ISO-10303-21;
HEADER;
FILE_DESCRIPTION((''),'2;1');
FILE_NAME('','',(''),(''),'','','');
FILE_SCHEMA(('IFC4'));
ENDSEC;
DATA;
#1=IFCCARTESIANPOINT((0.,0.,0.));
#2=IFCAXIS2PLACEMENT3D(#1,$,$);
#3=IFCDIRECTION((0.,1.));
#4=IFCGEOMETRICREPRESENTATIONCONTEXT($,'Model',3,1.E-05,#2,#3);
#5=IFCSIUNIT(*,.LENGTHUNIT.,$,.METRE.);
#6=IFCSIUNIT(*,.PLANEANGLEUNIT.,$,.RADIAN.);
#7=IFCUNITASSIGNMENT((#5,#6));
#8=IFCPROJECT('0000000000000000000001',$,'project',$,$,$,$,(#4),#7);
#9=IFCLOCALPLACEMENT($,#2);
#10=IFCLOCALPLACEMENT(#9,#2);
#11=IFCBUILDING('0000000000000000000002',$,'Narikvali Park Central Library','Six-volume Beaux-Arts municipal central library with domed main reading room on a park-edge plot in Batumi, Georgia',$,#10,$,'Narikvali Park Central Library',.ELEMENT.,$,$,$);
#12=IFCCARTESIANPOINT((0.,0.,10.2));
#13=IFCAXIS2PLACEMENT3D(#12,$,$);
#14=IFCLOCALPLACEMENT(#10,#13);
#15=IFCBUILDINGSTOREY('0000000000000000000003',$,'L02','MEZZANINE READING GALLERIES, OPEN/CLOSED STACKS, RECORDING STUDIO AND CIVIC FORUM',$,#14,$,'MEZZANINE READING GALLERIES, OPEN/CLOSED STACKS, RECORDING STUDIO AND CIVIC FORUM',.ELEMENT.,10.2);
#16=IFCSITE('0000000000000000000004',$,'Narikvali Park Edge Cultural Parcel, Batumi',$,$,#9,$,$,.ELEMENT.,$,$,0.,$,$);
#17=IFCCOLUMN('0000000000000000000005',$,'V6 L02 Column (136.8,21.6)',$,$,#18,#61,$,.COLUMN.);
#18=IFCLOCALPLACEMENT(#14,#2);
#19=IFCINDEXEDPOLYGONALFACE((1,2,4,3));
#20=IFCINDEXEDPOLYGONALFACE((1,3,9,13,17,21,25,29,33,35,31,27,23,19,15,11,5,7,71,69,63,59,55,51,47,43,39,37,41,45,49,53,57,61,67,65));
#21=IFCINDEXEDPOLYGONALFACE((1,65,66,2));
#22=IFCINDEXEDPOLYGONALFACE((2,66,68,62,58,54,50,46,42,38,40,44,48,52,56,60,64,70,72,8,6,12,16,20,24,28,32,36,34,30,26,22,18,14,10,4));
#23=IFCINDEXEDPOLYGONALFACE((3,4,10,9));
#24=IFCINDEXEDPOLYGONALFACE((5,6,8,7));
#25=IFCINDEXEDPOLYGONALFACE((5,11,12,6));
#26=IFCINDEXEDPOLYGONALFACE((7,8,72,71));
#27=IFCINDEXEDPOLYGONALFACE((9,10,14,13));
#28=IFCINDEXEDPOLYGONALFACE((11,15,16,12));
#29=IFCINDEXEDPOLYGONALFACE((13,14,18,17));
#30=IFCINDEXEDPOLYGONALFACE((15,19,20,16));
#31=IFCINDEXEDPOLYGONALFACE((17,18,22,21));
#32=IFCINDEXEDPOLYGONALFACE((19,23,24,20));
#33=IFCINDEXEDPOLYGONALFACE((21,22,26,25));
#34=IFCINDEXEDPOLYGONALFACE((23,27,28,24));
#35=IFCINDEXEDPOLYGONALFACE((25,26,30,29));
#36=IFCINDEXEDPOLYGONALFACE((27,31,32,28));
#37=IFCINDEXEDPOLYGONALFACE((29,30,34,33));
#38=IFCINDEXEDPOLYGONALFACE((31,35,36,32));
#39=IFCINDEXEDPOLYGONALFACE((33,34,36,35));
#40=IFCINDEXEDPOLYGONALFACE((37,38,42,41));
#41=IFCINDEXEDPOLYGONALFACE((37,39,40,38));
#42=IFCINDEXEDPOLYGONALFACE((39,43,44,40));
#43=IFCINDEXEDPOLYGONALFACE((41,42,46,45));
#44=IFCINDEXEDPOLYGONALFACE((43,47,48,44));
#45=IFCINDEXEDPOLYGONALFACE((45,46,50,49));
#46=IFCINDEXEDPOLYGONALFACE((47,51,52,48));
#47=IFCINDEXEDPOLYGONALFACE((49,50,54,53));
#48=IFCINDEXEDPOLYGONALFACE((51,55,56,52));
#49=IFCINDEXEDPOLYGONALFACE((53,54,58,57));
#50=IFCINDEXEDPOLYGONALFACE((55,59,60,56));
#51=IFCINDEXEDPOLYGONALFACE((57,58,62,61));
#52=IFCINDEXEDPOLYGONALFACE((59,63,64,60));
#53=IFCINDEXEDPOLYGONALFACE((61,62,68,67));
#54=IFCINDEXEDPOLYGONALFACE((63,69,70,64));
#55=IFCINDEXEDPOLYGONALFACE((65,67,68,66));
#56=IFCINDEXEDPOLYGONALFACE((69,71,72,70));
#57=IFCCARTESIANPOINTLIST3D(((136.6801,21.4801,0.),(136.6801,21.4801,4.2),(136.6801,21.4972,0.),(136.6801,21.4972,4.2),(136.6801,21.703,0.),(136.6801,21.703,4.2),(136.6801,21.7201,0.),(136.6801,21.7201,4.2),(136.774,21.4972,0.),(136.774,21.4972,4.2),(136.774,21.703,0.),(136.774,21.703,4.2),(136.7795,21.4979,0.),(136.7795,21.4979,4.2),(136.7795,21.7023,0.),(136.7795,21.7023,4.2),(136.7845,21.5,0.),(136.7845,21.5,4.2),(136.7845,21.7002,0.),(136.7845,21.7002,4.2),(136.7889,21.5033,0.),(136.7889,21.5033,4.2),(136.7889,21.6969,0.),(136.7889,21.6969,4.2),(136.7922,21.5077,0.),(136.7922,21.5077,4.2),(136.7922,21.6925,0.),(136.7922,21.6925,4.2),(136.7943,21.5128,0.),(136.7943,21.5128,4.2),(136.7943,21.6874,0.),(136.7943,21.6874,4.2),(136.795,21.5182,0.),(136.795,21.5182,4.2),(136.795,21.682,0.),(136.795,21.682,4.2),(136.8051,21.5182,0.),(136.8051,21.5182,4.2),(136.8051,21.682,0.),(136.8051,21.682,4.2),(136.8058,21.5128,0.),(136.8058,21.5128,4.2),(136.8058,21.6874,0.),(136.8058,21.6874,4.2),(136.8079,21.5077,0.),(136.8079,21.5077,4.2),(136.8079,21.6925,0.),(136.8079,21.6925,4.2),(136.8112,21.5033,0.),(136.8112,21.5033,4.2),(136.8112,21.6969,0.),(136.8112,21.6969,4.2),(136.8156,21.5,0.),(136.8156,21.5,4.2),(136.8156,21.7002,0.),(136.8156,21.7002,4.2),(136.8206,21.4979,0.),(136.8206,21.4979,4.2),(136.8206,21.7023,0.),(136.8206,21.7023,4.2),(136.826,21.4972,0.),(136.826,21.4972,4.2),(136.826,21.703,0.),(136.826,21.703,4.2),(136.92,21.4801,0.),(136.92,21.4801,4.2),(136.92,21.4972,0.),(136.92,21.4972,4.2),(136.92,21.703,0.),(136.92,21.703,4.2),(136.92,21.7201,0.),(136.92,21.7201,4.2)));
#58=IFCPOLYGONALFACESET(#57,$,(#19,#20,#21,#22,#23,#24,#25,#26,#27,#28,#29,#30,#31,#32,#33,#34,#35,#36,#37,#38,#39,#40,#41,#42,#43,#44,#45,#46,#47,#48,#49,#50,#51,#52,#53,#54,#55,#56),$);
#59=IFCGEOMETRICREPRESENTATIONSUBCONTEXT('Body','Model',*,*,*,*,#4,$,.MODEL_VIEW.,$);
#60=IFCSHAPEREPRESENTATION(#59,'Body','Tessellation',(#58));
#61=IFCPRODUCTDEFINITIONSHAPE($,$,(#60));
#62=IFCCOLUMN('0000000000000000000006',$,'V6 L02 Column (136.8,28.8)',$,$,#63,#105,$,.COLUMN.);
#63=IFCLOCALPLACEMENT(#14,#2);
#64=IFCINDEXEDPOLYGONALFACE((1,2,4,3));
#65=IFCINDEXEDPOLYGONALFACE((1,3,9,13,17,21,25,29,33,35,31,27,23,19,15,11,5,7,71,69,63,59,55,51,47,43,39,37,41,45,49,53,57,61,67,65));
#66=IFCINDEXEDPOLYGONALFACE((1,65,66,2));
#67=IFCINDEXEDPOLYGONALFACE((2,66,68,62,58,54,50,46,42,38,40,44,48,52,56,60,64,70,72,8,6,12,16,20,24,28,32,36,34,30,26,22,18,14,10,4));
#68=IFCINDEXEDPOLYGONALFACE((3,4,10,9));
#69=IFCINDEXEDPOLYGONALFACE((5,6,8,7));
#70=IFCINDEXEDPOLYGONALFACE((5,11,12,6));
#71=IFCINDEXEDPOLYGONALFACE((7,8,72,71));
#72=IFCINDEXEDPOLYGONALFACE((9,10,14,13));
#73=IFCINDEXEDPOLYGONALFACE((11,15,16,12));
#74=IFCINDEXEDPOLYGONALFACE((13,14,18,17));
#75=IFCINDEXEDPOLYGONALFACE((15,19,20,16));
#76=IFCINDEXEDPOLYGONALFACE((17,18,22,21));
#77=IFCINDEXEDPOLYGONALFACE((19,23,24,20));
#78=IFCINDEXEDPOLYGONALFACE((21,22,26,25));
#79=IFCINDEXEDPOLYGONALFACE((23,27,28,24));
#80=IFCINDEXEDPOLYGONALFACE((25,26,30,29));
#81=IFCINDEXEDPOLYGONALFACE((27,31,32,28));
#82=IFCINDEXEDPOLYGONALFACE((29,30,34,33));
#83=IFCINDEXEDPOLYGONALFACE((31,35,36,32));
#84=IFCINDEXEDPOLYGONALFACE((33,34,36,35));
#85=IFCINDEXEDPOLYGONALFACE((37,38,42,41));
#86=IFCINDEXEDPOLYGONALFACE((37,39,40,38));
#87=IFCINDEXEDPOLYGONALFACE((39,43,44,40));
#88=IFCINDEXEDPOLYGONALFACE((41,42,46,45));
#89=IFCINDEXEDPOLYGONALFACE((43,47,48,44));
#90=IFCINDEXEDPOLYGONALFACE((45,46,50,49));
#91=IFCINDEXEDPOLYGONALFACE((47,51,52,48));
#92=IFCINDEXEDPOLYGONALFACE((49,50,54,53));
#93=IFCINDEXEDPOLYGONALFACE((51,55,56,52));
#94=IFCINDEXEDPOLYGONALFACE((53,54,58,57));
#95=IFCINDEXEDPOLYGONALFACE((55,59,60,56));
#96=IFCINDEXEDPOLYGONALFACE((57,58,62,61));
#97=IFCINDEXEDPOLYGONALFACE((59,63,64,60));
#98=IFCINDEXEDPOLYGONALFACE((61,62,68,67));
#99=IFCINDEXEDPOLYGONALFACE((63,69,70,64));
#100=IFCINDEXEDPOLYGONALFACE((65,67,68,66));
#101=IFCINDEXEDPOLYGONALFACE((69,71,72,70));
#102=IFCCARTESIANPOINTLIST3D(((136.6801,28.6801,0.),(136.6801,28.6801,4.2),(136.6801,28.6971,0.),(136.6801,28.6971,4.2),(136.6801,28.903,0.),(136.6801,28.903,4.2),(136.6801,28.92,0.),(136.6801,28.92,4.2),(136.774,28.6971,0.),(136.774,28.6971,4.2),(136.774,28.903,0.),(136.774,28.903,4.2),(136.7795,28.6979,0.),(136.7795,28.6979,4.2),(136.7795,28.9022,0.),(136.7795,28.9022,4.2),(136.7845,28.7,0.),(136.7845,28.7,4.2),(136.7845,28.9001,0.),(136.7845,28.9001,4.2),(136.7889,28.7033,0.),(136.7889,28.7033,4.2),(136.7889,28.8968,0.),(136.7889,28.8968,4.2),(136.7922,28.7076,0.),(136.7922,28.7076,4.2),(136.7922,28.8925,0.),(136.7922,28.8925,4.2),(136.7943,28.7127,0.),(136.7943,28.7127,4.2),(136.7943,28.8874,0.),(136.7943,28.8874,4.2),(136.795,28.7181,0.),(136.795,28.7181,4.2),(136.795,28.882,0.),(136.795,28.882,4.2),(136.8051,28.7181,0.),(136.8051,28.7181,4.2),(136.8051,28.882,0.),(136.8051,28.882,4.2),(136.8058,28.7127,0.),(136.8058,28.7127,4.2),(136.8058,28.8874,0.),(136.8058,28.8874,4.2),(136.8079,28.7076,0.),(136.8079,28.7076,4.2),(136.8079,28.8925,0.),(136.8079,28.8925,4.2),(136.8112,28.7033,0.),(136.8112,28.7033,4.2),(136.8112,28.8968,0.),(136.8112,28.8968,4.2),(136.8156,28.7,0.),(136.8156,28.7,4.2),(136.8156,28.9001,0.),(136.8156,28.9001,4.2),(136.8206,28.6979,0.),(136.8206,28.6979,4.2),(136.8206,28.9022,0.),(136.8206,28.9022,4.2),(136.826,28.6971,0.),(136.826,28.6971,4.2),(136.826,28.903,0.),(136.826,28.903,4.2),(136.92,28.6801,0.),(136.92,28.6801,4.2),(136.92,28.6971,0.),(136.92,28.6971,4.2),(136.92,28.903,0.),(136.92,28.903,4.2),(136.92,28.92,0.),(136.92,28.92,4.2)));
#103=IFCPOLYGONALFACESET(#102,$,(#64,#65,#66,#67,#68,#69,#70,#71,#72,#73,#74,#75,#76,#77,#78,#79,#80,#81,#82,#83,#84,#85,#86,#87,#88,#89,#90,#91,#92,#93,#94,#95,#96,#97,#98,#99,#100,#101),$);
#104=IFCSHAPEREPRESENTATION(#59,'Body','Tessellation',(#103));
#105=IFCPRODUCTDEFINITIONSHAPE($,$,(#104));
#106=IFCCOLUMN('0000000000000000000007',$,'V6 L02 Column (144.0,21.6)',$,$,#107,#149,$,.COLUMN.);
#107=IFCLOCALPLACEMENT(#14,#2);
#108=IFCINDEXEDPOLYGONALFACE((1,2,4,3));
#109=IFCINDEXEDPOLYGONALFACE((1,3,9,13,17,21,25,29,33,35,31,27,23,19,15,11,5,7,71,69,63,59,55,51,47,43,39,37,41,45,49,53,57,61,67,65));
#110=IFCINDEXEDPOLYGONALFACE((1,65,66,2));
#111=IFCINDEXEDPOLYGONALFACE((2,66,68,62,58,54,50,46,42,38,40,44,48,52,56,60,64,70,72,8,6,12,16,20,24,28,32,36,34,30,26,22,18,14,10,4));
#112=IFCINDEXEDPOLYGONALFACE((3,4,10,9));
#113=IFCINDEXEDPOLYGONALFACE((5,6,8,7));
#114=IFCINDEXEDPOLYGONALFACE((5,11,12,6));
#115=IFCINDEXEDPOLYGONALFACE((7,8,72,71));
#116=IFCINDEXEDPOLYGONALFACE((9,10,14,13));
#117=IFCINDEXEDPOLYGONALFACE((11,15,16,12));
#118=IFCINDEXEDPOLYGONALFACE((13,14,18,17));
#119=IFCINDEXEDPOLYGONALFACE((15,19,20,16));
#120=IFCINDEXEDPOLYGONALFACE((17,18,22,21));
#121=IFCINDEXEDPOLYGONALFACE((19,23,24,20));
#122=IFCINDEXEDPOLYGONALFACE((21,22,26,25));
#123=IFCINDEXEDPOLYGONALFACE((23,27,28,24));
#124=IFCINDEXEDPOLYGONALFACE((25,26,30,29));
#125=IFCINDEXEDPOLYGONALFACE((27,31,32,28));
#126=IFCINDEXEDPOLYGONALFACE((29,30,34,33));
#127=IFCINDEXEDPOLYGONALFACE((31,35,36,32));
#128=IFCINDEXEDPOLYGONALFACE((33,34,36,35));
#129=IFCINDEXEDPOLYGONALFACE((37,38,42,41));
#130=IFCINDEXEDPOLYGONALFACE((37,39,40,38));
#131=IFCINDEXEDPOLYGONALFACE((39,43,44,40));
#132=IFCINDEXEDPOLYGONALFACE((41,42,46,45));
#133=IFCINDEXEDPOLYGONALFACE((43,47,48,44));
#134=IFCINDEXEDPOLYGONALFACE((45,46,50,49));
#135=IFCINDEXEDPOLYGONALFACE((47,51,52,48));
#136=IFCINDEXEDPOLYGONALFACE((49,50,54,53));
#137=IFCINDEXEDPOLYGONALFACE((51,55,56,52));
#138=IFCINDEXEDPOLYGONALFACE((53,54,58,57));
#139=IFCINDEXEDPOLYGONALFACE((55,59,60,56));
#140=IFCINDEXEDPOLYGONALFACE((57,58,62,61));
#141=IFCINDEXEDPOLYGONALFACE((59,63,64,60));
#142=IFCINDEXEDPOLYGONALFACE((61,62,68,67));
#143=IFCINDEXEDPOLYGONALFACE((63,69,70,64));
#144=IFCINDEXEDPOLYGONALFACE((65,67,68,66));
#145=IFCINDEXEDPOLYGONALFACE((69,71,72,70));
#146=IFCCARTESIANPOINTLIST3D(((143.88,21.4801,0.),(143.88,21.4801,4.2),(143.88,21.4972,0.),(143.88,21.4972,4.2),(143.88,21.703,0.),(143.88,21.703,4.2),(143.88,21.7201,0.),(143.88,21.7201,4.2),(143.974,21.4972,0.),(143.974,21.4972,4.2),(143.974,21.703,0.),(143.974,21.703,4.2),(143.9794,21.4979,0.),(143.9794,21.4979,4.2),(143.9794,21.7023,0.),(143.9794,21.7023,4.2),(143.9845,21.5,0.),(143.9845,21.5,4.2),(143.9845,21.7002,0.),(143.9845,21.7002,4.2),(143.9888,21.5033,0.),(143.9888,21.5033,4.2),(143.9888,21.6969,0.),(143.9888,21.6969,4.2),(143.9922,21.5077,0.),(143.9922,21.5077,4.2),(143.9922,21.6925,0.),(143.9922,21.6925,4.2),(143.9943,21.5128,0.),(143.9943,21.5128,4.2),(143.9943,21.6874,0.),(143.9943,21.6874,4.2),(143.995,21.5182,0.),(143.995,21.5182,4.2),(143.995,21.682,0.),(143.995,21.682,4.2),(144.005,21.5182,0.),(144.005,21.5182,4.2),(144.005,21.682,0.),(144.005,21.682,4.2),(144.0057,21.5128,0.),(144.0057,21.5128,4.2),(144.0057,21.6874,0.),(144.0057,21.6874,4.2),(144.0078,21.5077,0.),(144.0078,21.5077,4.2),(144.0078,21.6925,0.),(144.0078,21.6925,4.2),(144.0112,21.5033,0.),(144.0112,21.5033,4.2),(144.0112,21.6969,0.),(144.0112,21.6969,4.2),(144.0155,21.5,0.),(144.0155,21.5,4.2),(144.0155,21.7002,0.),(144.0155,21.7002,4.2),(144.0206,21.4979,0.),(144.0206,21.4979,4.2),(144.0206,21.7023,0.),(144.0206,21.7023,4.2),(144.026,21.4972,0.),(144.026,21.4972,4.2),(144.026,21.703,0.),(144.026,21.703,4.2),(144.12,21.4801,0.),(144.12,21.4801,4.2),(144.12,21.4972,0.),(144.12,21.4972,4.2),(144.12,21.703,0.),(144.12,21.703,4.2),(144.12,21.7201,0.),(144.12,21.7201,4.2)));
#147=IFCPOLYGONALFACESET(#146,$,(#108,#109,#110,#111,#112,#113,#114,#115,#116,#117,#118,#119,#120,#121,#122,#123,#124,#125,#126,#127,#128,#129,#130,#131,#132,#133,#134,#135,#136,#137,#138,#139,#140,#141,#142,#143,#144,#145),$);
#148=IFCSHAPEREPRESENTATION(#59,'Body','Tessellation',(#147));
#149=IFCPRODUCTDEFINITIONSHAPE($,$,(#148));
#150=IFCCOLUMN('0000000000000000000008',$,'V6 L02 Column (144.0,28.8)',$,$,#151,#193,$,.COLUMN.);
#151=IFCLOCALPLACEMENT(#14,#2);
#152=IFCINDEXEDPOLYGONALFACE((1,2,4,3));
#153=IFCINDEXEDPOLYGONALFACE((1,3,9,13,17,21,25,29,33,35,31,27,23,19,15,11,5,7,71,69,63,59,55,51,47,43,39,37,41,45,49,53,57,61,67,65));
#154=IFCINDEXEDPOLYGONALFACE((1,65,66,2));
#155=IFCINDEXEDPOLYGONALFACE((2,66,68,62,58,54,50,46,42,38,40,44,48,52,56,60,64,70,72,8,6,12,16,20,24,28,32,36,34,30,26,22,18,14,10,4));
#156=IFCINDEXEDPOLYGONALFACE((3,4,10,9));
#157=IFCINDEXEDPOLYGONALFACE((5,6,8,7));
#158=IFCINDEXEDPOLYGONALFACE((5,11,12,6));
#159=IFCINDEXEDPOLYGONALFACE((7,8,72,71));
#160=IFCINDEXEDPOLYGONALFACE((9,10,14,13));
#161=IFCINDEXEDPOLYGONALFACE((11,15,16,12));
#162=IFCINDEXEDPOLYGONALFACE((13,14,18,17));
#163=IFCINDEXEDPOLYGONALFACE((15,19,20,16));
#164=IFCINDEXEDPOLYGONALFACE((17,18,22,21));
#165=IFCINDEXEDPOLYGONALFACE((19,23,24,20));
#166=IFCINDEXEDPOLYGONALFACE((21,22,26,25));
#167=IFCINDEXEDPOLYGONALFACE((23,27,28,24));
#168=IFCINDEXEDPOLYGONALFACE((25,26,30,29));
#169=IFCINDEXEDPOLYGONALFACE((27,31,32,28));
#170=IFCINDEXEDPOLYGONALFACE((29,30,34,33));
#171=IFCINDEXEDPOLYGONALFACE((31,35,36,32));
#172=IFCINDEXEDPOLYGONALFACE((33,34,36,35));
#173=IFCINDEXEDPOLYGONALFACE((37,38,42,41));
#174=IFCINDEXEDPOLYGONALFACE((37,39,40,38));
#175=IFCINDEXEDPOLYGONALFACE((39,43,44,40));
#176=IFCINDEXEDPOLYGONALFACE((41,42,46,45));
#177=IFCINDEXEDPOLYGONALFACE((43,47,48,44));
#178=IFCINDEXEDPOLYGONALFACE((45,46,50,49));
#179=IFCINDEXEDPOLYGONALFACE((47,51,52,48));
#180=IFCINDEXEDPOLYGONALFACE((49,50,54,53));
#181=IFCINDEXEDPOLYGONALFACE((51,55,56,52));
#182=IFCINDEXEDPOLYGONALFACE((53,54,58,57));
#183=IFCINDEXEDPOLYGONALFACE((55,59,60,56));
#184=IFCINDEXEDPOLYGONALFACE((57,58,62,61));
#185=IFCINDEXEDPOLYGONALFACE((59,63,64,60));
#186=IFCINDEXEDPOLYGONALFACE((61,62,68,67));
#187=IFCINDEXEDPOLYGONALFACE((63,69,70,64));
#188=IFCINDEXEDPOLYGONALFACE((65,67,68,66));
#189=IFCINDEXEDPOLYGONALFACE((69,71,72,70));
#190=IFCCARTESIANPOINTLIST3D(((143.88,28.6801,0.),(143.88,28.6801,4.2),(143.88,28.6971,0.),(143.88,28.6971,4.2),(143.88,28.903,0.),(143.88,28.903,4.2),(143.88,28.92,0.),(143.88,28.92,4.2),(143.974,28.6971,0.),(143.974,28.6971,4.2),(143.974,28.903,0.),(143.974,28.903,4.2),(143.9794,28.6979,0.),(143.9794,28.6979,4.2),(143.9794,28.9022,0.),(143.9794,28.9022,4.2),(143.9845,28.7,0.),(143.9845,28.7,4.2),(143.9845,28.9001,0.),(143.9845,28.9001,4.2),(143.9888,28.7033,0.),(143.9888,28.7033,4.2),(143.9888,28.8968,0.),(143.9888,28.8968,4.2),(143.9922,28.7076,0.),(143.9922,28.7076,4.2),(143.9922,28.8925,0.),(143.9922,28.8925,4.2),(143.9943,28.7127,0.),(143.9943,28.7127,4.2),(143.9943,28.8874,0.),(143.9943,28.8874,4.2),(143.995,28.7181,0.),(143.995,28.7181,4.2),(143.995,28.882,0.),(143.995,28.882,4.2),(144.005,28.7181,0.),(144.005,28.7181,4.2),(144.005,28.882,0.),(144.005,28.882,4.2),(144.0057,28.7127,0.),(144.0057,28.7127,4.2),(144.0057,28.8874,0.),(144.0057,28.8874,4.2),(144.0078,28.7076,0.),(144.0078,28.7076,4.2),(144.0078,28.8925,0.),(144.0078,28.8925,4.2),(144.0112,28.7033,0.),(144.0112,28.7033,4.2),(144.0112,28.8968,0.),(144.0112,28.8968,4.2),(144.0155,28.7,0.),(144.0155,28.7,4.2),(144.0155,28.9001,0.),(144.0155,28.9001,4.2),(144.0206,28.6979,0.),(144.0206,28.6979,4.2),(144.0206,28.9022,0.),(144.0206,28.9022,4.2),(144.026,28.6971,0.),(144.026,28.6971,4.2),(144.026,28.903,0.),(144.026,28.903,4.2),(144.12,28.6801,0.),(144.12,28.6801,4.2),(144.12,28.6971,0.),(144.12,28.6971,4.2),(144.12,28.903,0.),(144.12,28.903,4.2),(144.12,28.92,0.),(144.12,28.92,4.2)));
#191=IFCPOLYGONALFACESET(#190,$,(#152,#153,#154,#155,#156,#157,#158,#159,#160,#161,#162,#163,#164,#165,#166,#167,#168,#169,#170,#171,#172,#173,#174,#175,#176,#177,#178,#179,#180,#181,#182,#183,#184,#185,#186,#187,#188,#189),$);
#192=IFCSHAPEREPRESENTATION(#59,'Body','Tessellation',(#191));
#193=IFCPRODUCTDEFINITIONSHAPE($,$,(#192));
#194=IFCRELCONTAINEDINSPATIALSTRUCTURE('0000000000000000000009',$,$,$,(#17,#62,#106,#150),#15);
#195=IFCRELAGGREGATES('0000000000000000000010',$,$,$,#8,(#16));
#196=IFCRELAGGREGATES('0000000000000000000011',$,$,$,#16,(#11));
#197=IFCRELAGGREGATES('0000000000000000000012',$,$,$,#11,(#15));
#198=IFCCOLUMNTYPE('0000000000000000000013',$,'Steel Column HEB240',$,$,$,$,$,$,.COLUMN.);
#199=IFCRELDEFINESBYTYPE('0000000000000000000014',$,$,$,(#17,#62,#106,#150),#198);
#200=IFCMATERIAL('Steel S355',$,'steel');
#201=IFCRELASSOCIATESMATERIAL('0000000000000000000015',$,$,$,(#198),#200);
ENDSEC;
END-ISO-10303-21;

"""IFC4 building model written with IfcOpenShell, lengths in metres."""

from ifc_helpers import new_model, si_unit, direction, frame, origin, origin_2d, place, context, subcontext, project, spatial, i_section, extrude, material, material_profile, profile_set, type_object, element, save


model = new_model("IFC4")

# Units and contexts
model_context = context("Model", 3, precision=1e-05, world=origin(), true_north=direction((0.0, 1.0)))
body_context = subcontext(model_context, "Body", "Model", "MODEL_VIEW")
ifc_project = project(units=[si_unit("LENGTHUNIT", "METRE"), si_unit("PLANEANGLEUNIT", "RADIAN")], contexts=[model_context])

# Site, building, storey
site_placement = place(None, origin())
site = spatial("IfcSite", under=ifc_project, at=site_placement, Name="Narikvali Park Edge Cultural Parcel, Batumi", CompositionType="ELEMENT", RefElevation=0.0)
building_placement = place(site_placement, origin())
building = spatial("IfcBuilding", under=site, at=building_placement, Name="Narikvali Park Central Library", Description="Six-volume Beaux-Arts municipal central library with domed main reading room on a park-edge plot in Batumi, Georgia", LongName="Narikvali Park Central Library", CompositionType="ELEMENT")
storey_placement = place(building_placement, frame((0.0, 0.0, 10.2)))
storey = spatial("IfcBuildingStorey", under=building, at=storey_placement, Name="L02", Description="MEZZANINE READING GALLERIES, OPEN/CLOSED STACKS, RECORDING STUDIO AND CIVIC FORUM", LongName="MEZZANINE READING GALLERIES, OPEN/CLOSED STACKS, RECORDING STUDIO AND CIVIC FORUM", CompositionType="ELEMENT", Elevation=10.2)

# Columns
ifc_material_1 = material(Name="Steel S355", Category="steel")
ifc_material_profile_1 = material_profile(ifc_material_1, i_section(OverallWidth=0.24, OverallDepth=0.24, WebThickness=0.01, FlangeThickness=0.0171, FilletRadius=0.021, at=origin_2d()), Name="HEB 240")
ifc_profile_set_1 = profile_set([ifc_material_profile_1], Name="Steel S355")
column_type = type_object("IfcColumnType", Name="Steel Column HEB240", PredefinedType="COLUMN", material=ifc_profile_set_1)
for number, where, z_axis, x_axis, name in (
    (1, (136.8, 21.6001, 0.0), (0.0, 0.0, 1.0), (1.0, 0.0, 0.0), "V6 L02 Column (136.8,21.6)"),
    (2, (136.8, 28.8, 0.0), (0.0, 0.0, 1.0), (1.0, 0.0, 0.0), "V6 L02 Column (136.8,28.8)"),
    (3, (144.0, 21.6001, 0.0), (0.0, 0.0, 1.0), (1.0, 0.0, 0.0), "V6 L02 Column (144.0,21.6)"),
    (4, (144.0, 28.8, 0.0), (0.0, 0.0, 1.0), (1.0, 0.0, 0.0), "V6 L02 Column (144.0,28.8)"),
):
    element("IfcColumn", number, at=place(storey_placement, frame(where, z_axis=z_axis, x_axis=x_axis)), inside=storey, type_object=column_type, Name=name, PredefinedType="COLUMN", context=body_context, shape_type="SweptSolid", body=[
        extrude(i_section(OverallWidth=0.24, OverallDepth=0.24, WebThickness=0.01, FlangeThickness=0.0171, FilletRadius=0.021, at=origin_2d()), origin(), (0.0, 0.0, 1.0), 4.2),
    ])

save(model, "model.ifc")
